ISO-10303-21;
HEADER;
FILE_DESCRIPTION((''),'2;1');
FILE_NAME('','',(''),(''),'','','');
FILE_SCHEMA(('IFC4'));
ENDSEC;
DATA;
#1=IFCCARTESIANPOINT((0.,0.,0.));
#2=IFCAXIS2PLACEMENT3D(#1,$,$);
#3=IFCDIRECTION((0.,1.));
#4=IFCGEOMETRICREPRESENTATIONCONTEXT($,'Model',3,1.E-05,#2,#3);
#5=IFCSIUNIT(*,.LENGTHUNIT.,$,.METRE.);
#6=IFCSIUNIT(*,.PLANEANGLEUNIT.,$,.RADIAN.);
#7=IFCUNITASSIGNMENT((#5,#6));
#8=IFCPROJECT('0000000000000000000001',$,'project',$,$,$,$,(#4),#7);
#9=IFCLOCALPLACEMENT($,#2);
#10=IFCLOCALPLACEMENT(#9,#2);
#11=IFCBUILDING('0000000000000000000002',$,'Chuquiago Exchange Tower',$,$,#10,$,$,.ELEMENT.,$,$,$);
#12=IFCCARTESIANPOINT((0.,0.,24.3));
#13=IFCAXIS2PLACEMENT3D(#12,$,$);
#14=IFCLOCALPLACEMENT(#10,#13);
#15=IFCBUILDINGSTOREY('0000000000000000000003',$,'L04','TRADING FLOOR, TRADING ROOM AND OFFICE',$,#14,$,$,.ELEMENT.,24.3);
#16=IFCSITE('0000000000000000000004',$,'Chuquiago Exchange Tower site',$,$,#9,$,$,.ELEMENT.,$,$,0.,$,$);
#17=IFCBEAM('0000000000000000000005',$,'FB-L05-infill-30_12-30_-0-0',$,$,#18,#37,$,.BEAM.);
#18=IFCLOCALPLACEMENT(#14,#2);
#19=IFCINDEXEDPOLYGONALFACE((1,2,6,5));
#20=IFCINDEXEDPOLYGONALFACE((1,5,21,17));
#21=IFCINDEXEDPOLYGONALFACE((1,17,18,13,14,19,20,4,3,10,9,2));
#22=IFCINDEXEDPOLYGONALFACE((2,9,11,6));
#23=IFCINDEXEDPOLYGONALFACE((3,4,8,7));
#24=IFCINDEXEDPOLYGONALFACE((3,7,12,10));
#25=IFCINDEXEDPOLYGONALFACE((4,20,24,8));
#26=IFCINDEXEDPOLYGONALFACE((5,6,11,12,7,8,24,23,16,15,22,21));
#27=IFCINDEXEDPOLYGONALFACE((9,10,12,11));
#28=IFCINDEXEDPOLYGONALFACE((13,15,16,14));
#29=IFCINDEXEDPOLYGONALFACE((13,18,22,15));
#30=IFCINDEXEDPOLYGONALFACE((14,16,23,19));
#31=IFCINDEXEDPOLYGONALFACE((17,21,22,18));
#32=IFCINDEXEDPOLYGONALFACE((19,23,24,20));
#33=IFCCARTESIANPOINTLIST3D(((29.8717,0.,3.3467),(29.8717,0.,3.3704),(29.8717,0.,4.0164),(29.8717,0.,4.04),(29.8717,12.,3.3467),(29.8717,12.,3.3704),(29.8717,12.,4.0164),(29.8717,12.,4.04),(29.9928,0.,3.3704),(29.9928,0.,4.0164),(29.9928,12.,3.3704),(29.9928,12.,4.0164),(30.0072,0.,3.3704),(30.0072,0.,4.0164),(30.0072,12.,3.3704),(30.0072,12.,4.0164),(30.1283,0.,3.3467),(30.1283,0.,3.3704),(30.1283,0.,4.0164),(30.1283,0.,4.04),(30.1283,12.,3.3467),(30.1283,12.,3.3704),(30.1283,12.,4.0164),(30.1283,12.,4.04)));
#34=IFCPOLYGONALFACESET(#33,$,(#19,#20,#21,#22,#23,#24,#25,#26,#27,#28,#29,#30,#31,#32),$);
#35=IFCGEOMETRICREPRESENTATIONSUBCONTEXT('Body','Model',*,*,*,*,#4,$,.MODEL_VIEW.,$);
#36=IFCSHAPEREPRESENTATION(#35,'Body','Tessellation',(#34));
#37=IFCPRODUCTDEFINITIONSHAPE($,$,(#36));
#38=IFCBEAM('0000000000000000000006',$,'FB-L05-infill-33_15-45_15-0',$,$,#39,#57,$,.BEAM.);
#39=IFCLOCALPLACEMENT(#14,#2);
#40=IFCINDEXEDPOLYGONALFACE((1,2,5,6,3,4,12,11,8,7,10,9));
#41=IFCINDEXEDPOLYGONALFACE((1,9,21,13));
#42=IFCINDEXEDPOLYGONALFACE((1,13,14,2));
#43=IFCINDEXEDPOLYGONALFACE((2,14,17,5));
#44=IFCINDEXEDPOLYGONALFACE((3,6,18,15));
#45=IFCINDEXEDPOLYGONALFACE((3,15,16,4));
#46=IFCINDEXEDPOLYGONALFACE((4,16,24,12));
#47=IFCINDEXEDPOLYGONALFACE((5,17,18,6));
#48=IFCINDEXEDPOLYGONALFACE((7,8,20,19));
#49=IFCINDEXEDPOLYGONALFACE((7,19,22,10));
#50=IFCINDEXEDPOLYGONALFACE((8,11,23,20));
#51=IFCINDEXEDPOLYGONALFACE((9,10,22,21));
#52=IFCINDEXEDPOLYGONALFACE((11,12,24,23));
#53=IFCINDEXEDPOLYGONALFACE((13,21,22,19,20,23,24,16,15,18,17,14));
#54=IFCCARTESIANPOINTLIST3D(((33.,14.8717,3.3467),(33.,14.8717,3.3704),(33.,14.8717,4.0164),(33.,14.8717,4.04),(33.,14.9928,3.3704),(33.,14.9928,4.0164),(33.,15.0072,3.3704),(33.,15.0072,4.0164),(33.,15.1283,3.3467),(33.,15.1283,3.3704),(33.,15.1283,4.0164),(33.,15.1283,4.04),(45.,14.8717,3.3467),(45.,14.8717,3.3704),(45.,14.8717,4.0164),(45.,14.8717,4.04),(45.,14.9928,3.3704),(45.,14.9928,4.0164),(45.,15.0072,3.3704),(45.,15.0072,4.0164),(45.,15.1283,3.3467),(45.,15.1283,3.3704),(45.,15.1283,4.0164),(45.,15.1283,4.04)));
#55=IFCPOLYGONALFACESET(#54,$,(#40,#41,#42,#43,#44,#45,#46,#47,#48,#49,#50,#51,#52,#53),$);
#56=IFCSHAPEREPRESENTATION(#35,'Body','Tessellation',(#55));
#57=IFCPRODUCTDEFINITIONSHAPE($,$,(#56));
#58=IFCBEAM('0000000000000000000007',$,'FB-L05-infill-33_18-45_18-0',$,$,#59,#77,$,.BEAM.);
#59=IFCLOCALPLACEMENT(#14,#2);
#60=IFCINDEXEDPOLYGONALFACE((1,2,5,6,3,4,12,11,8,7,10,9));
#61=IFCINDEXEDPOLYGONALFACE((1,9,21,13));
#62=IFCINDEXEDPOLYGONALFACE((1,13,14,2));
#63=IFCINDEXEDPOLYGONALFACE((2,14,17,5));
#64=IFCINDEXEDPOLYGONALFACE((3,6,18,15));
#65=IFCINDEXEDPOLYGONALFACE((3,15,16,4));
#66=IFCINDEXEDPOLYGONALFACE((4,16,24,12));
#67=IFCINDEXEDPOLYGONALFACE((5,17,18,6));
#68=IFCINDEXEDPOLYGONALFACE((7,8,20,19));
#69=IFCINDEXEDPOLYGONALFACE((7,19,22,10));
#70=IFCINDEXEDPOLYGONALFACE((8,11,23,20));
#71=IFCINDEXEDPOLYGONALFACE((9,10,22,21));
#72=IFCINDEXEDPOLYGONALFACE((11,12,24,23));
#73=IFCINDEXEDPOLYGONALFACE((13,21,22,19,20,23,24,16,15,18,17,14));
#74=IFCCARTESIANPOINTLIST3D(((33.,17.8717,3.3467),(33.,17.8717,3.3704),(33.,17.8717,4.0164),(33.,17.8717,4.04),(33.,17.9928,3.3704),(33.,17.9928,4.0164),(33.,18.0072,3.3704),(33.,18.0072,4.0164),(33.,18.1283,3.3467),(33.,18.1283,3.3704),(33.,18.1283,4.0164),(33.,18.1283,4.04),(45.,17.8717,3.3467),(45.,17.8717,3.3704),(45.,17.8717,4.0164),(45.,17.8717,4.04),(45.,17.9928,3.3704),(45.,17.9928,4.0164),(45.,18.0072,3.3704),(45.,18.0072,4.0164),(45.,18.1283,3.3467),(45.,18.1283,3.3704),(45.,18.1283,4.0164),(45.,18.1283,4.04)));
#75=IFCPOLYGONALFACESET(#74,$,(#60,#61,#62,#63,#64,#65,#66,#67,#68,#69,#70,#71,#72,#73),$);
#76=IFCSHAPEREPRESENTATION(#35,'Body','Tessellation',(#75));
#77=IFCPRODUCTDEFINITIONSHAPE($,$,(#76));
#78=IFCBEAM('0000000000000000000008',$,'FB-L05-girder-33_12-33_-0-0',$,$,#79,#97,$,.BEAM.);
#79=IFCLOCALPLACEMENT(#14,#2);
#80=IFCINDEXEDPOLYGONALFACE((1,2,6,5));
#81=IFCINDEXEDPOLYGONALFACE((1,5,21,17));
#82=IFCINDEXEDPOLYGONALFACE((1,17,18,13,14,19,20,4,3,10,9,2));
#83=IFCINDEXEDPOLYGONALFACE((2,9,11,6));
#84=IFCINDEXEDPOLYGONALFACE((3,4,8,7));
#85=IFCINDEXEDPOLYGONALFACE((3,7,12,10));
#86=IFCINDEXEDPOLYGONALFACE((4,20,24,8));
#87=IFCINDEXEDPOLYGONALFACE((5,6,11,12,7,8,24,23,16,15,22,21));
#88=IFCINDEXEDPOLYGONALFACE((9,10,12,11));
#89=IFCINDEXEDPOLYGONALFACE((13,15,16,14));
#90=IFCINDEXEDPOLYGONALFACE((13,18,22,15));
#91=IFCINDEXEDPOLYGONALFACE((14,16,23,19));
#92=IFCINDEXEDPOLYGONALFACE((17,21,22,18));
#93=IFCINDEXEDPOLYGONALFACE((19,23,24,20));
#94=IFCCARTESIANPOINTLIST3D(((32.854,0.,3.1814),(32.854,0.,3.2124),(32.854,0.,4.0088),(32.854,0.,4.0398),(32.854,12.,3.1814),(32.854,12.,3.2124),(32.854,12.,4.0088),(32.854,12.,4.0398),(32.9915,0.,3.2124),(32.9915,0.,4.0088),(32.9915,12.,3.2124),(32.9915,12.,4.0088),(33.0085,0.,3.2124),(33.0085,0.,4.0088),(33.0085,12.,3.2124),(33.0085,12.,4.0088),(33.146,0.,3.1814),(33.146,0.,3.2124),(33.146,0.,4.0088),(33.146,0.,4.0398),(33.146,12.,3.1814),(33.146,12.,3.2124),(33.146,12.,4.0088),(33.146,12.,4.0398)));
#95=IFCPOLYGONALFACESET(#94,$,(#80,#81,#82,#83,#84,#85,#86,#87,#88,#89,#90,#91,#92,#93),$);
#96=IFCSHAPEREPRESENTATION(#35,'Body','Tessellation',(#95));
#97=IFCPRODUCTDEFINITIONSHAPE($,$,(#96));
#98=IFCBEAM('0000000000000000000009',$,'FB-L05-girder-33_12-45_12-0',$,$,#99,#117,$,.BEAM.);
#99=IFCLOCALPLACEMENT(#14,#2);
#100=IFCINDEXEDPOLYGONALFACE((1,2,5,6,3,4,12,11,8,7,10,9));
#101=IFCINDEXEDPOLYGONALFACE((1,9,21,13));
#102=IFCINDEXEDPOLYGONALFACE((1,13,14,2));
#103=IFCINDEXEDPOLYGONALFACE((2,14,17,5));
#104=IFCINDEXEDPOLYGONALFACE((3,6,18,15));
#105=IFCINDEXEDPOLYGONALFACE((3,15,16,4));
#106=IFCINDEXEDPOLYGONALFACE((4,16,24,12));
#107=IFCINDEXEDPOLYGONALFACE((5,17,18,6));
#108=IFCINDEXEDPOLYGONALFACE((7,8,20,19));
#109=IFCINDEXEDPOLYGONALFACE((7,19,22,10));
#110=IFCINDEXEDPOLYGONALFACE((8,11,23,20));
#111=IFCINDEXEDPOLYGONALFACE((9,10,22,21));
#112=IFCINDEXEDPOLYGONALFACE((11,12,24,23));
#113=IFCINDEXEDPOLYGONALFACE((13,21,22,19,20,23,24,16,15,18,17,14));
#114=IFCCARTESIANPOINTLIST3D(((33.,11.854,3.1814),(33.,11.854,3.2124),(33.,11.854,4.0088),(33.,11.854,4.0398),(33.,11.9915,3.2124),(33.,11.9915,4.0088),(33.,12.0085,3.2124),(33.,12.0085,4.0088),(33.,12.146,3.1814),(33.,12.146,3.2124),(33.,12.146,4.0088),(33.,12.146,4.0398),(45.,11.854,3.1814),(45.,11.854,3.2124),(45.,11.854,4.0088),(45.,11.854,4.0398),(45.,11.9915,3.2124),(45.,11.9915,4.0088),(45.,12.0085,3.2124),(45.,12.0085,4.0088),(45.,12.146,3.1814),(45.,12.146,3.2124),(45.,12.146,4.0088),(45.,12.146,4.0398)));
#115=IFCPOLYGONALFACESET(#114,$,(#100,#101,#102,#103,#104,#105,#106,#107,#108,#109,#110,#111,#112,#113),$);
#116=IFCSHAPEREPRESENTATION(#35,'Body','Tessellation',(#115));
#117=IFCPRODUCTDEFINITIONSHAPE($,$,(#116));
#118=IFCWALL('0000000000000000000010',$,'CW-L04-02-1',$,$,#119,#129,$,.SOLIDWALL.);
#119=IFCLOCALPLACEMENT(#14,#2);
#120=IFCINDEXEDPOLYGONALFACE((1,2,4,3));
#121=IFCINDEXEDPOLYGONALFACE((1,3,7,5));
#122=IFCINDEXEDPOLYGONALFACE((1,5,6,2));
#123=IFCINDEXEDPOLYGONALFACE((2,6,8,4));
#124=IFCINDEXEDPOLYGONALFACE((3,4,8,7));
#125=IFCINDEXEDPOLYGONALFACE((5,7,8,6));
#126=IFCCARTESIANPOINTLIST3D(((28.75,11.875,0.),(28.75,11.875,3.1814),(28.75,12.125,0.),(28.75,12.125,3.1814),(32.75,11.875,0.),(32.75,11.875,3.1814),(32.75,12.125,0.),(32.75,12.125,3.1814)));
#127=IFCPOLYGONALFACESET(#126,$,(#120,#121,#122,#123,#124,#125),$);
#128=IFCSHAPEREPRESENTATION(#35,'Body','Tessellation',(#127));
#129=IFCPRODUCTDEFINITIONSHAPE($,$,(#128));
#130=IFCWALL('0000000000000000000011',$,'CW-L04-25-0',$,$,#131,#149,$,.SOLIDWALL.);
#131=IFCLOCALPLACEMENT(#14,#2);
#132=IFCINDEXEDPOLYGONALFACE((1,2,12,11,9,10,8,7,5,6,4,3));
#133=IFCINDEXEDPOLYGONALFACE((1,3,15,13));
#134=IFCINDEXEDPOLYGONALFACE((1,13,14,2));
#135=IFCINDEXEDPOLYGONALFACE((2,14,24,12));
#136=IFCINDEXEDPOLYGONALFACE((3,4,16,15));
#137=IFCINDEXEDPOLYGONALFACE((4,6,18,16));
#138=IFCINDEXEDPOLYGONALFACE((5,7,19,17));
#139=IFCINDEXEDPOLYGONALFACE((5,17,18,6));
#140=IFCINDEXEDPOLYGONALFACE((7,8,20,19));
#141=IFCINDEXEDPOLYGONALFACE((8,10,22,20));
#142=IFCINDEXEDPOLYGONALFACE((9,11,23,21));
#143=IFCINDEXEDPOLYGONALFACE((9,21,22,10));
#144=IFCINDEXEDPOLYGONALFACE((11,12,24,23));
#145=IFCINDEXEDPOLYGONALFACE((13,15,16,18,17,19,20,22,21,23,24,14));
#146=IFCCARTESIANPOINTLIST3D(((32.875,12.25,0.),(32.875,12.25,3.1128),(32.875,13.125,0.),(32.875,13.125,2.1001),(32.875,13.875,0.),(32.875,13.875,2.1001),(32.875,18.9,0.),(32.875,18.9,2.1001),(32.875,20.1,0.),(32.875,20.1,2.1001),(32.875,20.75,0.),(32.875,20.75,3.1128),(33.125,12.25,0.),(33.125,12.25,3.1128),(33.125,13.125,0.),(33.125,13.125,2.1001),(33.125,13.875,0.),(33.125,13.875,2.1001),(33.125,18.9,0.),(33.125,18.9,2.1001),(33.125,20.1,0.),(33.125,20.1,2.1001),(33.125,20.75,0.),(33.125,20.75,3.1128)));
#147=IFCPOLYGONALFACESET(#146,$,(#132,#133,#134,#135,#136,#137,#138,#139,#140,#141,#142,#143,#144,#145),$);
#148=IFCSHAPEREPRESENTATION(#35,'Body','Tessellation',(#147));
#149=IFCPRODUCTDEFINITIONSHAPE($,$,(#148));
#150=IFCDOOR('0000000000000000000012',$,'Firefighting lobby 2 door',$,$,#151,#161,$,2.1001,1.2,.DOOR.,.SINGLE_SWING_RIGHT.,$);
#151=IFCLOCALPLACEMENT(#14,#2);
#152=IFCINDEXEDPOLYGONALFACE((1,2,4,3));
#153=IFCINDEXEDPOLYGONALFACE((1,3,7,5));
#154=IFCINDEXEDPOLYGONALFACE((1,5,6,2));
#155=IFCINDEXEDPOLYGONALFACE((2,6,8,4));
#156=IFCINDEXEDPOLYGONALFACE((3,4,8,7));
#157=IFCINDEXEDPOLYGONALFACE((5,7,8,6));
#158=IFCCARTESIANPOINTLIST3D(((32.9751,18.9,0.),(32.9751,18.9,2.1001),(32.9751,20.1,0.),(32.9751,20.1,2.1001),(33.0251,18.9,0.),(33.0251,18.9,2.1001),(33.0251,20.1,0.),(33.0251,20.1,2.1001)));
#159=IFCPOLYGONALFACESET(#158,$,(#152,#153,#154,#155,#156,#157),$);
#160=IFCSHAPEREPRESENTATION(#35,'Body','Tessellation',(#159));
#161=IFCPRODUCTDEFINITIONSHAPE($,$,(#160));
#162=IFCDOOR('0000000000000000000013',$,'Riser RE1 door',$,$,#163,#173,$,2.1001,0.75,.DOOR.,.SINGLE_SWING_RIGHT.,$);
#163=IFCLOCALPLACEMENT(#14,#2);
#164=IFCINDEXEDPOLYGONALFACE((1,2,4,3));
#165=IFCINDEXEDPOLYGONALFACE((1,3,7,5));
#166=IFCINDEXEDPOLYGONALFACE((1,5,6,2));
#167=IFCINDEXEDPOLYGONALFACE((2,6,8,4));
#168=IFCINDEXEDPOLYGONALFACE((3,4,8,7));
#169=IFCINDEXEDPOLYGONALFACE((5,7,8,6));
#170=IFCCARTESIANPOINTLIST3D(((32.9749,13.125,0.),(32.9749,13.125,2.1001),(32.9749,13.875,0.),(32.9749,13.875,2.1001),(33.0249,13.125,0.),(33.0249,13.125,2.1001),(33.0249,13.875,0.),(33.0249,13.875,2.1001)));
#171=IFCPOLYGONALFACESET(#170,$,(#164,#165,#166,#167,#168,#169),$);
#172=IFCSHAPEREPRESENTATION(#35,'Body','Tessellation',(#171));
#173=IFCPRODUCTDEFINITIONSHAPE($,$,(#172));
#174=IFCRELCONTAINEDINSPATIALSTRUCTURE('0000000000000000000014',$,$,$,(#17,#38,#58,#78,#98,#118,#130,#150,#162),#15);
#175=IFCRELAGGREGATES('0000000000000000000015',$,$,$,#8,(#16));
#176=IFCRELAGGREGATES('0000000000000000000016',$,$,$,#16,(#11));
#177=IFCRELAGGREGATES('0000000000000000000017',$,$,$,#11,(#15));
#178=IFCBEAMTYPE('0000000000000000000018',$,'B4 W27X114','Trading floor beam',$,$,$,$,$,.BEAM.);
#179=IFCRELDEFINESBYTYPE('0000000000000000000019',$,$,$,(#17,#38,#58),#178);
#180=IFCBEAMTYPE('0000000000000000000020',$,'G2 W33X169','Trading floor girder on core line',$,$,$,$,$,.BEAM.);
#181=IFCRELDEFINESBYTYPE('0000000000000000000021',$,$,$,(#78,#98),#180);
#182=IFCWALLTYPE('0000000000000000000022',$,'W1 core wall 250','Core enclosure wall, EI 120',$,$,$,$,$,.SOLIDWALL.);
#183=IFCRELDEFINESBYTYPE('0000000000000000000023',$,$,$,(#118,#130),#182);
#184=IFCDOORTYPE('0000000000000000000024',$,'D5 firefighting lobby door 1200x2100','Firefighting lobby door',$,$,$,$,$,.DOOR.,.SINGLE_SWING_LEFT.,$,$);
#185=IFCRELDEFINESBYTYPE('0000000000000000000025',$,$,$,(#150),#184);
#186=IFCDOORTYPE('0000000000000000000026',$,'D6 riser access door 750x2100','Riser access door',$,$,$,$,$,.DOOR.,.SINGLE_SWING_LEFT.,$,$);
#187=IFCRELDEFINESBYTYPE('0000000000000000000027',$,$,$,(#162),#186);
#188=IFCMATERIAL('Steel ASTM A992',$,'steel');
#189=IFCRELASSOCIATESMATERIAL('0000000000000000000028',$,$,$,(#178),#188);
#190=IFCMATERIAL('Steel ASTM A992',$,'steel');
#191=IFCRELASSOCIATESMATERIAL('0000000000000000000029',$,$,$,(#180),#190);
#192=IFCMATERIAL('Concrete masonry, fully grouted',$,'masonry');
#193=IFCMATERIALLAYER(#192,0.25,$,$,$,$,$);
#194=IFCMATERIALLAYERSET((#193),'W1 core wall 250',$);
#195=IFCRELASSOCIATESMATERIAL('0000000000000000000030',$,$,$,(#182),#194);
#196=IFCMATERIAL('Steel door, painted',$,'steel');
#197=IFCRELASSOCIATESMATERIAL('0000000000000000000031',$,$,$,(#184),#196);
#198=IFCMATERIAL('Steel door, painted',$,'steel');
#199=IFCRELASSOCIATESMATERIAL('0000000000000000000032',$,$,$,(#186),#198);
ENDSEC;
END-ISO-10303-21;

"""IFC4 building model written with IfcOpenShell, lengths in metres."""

from ifc_helpers import new_model, si_unit, direction, frame, frame_2d, origin, origin_2d, place, context, subcontext, project, spatial, rectangle, i_section, extrude, material, layer, layer_set, material_profile, profile_set, type_object, element, fill, save


model = new_model("IFC4")

# Units and contexts
model_context = context("Model", 3, precision=1e-05, world=origin(), true_north=direction((0.0, 1.0)))
body_context = subcontext(model_context, "Body", "Model", "MODEL_VIEW")
ifc_project = project(units=[si_unit("LENGTHUNIT", "METRE"), si_unit("PLANEANGLEUNIT", "RADIAN")], contexts=[model_context])

# Site, building, storey
site_placement = place(None, origin())
site = spatial("IfcSite", under=ifc_project, at=site_placement, Name="Chuquiago Exchange Tower site", CompositionType="ELEMENT", RefElevation=0.0)
building_placement = place(site_placement, origin())
building = spatial("IfcBuilding", under=site, at=building_placement, Name="Chuquiago Exchange Tower", CompositionType="ELEMENT")
storey_placement = place(building_placement, frame((0.0, 0.0, 24.3)))
storey = spatial("IfcBuildingStorey", under=building, at=storey_placement, Name="L04", Description="TRADING FLOOR, TRADING ROOM AND OFFICE", CompositionType="ELEMENT", Elevation=24.3)

# Beams
ifc_material_1 = material(Name="Steel ASTM A992", Category="steel")
ifc_material_profile_1 = material_profile(ifc_material_1, i_section(OverallWidth=0.2566, OverallDepth=0.6934, WebThickness=0.0144, FlangeThickness=0.0237, at=origin_2d()), Name="W27X114")
ifc_profile_set_1 = profile_set([ifc_material_profile_1], Name="Steel ASTM A992")
beam_type_1 = type_object("IfcBeamType", Name="B4 W27X114", Description="Trading floor beam", PredefinedType="BEAM", material=ifc_profile_set_1)
for number, where, z_axis, x_axis, name in (
    (1, (30.0, 12.0, 3.6934), (0.0, -1.0, 0.0), (1.0, 0.0, 0.0), "FB-L05-infill-30_12-30_-0-0"),
    (2, (33.0, 15.0, 3.6934), (1.0, 0.0, 0.0), (0.0, 1.0, 0.0), "FB-L05-infill-33_15-45_15-0"),
    (3, (33.0, 18.0, 3.6934), (1.0, 0.0, 0.0), (0.0, 1.0, 0.0), "FB-L05-infill-33_18-45_18-0"),
):
    element("IfcBeam", number, at=place(storey_placement, frame(where, z_axis=z_axis, x_axis=x_axis)), inside=storey, type_object=beam_type_1, Name=name, PredefinedType="BEAM", context=body_context, shape_type="SweptSolid", body=[
        extrude(i_section(OverallWidth=0.2566, OverallDepth=0.6934, WebThickness=0.0144, FlangeThickness=0.0237, at=origin_2d()), origin(), (0.0, 0.0, 1.0), 12.0),
    ])
ifc_material_2 = material(Name="Steel ASTM A992", Category="steel")
ifc_material_profile_2 = material_profile(ifc_material_2, i_section(OverallWidth=0.292, OverallDepth=0.8584, WebThickness=0.0171, FlangeThickness=0.031, at=origin_2d()), Name="W33X169")
ifc_profile_set_2 = profile_set([ifc_material_profile_2], Name="Steel ASTM A992")
beam_type_2 = type_object("IfcBeamType", Name="G2 W33X169", Description="Trading floor girder on core line", PredefinedType="BEAM", material=ifc_profile_set_2)
for number, where, z_axis, x_axis, name in (
    (4, (33.0, 12.0, 3.6106), (0.0, -1.0, 0.0), (1.0, 0.0, 0.0), "FB-L05-girder-33_12-33_-0-0"),
    (5, (33.0, 12.0, 3.6106), (1.0, 0.0, 0.0), (0.0, 1.0, 0.0), "FB-L05-girder-33_12-45_12-0"),
):
    element("IfcBeam", number, at=place(storey_placement, frame(where, z_axis=z_axis, x_axis=x_axis)), inside=storey, type_object=beam_type_2, Name=name, PredefinedType="BEAM", context=body_context, shape_type="SweptSolid", body=[
        extrude(i_section(OverallWidth=0.292, OverallDepth=0.8584, WebThickness=0.0171, FlangeThickness=0.031, at=origin_2d()), origin(), (0.0, 0.0, 1.0), 12.0),
    ])

# Wall
ifc_material_3 = material(Name="Concrete masonry, fully grouted", Category="masonry")
ifc_layer_1 = layer(ifc_material_3, 0.25)
ifc_layer_set_1 = layer_set([ifc_layer_1], Name="W1 core wall 250")
wall_type_1 = type_object("IfcWallType", Name="W1 core wall 250", Description="Core enclosure wall, EI 120", PredefinedType="SOLIDWALL", material=ifc_layer_set_1)
wall_1_placement = place(storey_placement, frame((28.75, 12.0, 0.0), z_axis=(0.0, 0.0, 1.0), x_axis=(1.0, 0.0, 0.0)))
element("IfcWall", 6, at=wall_1_placement, inside=storey, type_object=wall_type_1, Name="CW-L04-02-1", PredefinedType="SOLIDWALL", context=body_context, shape_type="SweptSolid", body=[
    extrude(rectangle(XDim=4.0, YDim=0.25, at=frame_2d((2.0, 0.0))), origin(), (0.0, 0.0, 1.0), 3.1814),
])

# Wall, openings, doors
wall_2_placement = place(storey_placement, frame((33.0, 12.25, 0.0), z_axis=(0.0, 0.0, 1.0), x_axis=(0.0, 1.0, 0.0)))
wall_2 = element("IfcWall", 7, at=wall_2_placement, inside=storey, type_object=wall_type_1, Name="CW-L04-25-0", PredefinedType="SOLIDWALL", context=body_context, shape_type="SweptSolid", body=[
    extrude(rectangle(XDim=8.5, YDim=0.25, at=frame_2d((4.25, 0.0))), origin(), (0.0, 0.0, 1.0), 3.1128),
])
opening_1_placement = place(wall_2_placement, frame((6.6499, 0.0, 0.0)))
opening_1 = element("IfcOpeningElement", 8, at=opening_1_placement, cuts=wall_2, PredefinedType="OPENING", context=body_context, shape_type="SweptSolid", body=[
    extrude(rectangle(XDim=1.2, YDim=2.1001, at=frame_2d((0.6001, 1.05))), frame((0.0, 0.135, 0.0), z_axis=(0.0, -1.0, 0.0), x_axis=(1.0, 0.0, 0.0)), (0.0, 0.0, 1.0), 0.27),
])
opening_2_placement = place(wall_2_placement, frame((0.875, 0.0, 0.0)))
opening_2 = element("IfcOpeningElement", 9, at=opening_2_placement, cuts=wall_2, PredefinedType="OPENING", context=body_context, shape_type="SweptSolid", body=[
    extrude(rectangle(XDim=0.75, YDim=2.1001, at=frame_2d((0.375, 1.05))), frame((0.0, 0.135, 0.0), z_axis=(0.0, -1.0, 0.0), x_axis=(1.0, 0.0, 0.0)), (0.0, 0.0, 1.0), 0.27),
])
ifc_material_4 = material(Name="Steel door, painted", Category="steel")
door_type_1 = type_object("IfcDoorType", Name="D5 firefighting lobby door 1200x2100", Description="Firefighting lobby door", OperationType="SINGLE_SWING_LEFT", PredefinedType="DOOR", material=ifc_material_4)
door_1_placement = place(opening_1_placement, origin())
door_1 = element("IfcDoor", 10, at=door_1_placement, inside=storey, type_object=door_type_1, Name="Firefighting lobby 2 door", OperationType="SINGLE_SWING_RIGHT", OverallHeight=2.1001, OverallWidth=1.2, PredefinedType="DOOR", context=body_context, shape_type="SweptSolid", body=[
    extrude(rectangle(XDim=1.2, YDim=2.1001, at=frame_2d((0.6001, 1.05))), frame((0.0, 0.0249, 0.0), z_axis=(0.0, -1.0, 0.0), x_axis=(1.0, 0.0, 0.0)), (0.0, 0.0, 1.0), 0.05),
])
fill(opening_1, door_1)
ifc_material_5 = material(Name="Steel door, painted", Category="steel")
door_type_2 = type_object("IfcDoorType", Name="D6 riser access door 750x2100", Description="Riser access door", OperationType="SINGLE_SWING_LEFT", PredefinedType="DOOR", material=ifc_material_5)
door_2_placement = place(opening_2_placement, frame((0.75, 0.0, 0.0), z_axis=(0.0, 0.0, 1.0), x_axis=(-1.0, 0.0, 0.0)))
door_2 = element("IfcDoor", 11, at=door_2_placement, inside=storey, type_object=door_type_2, Name="Riser RE1 door", OperationType="SINGLE_SWING_RIGHT", OverallHeight=2.1001, OverallWidth=0.75, PredefinedType="DOOR", context=body_context, shape_type="SweptSolid", body=[
    extrude(rectangle(XDim=0.75, YDim=2.1001, at=frame_2d((0.375, 1.05))), frame((0.0, 0.0249, 0.0), z_axis=(0.0, -1.0, 0.0), x_axis=(1.0, 0.0, 0.0)), (0.0, 0.0, 1.0), 0.05),
])
fill(opening_2, door_2)

save(model, "model.ifc")
